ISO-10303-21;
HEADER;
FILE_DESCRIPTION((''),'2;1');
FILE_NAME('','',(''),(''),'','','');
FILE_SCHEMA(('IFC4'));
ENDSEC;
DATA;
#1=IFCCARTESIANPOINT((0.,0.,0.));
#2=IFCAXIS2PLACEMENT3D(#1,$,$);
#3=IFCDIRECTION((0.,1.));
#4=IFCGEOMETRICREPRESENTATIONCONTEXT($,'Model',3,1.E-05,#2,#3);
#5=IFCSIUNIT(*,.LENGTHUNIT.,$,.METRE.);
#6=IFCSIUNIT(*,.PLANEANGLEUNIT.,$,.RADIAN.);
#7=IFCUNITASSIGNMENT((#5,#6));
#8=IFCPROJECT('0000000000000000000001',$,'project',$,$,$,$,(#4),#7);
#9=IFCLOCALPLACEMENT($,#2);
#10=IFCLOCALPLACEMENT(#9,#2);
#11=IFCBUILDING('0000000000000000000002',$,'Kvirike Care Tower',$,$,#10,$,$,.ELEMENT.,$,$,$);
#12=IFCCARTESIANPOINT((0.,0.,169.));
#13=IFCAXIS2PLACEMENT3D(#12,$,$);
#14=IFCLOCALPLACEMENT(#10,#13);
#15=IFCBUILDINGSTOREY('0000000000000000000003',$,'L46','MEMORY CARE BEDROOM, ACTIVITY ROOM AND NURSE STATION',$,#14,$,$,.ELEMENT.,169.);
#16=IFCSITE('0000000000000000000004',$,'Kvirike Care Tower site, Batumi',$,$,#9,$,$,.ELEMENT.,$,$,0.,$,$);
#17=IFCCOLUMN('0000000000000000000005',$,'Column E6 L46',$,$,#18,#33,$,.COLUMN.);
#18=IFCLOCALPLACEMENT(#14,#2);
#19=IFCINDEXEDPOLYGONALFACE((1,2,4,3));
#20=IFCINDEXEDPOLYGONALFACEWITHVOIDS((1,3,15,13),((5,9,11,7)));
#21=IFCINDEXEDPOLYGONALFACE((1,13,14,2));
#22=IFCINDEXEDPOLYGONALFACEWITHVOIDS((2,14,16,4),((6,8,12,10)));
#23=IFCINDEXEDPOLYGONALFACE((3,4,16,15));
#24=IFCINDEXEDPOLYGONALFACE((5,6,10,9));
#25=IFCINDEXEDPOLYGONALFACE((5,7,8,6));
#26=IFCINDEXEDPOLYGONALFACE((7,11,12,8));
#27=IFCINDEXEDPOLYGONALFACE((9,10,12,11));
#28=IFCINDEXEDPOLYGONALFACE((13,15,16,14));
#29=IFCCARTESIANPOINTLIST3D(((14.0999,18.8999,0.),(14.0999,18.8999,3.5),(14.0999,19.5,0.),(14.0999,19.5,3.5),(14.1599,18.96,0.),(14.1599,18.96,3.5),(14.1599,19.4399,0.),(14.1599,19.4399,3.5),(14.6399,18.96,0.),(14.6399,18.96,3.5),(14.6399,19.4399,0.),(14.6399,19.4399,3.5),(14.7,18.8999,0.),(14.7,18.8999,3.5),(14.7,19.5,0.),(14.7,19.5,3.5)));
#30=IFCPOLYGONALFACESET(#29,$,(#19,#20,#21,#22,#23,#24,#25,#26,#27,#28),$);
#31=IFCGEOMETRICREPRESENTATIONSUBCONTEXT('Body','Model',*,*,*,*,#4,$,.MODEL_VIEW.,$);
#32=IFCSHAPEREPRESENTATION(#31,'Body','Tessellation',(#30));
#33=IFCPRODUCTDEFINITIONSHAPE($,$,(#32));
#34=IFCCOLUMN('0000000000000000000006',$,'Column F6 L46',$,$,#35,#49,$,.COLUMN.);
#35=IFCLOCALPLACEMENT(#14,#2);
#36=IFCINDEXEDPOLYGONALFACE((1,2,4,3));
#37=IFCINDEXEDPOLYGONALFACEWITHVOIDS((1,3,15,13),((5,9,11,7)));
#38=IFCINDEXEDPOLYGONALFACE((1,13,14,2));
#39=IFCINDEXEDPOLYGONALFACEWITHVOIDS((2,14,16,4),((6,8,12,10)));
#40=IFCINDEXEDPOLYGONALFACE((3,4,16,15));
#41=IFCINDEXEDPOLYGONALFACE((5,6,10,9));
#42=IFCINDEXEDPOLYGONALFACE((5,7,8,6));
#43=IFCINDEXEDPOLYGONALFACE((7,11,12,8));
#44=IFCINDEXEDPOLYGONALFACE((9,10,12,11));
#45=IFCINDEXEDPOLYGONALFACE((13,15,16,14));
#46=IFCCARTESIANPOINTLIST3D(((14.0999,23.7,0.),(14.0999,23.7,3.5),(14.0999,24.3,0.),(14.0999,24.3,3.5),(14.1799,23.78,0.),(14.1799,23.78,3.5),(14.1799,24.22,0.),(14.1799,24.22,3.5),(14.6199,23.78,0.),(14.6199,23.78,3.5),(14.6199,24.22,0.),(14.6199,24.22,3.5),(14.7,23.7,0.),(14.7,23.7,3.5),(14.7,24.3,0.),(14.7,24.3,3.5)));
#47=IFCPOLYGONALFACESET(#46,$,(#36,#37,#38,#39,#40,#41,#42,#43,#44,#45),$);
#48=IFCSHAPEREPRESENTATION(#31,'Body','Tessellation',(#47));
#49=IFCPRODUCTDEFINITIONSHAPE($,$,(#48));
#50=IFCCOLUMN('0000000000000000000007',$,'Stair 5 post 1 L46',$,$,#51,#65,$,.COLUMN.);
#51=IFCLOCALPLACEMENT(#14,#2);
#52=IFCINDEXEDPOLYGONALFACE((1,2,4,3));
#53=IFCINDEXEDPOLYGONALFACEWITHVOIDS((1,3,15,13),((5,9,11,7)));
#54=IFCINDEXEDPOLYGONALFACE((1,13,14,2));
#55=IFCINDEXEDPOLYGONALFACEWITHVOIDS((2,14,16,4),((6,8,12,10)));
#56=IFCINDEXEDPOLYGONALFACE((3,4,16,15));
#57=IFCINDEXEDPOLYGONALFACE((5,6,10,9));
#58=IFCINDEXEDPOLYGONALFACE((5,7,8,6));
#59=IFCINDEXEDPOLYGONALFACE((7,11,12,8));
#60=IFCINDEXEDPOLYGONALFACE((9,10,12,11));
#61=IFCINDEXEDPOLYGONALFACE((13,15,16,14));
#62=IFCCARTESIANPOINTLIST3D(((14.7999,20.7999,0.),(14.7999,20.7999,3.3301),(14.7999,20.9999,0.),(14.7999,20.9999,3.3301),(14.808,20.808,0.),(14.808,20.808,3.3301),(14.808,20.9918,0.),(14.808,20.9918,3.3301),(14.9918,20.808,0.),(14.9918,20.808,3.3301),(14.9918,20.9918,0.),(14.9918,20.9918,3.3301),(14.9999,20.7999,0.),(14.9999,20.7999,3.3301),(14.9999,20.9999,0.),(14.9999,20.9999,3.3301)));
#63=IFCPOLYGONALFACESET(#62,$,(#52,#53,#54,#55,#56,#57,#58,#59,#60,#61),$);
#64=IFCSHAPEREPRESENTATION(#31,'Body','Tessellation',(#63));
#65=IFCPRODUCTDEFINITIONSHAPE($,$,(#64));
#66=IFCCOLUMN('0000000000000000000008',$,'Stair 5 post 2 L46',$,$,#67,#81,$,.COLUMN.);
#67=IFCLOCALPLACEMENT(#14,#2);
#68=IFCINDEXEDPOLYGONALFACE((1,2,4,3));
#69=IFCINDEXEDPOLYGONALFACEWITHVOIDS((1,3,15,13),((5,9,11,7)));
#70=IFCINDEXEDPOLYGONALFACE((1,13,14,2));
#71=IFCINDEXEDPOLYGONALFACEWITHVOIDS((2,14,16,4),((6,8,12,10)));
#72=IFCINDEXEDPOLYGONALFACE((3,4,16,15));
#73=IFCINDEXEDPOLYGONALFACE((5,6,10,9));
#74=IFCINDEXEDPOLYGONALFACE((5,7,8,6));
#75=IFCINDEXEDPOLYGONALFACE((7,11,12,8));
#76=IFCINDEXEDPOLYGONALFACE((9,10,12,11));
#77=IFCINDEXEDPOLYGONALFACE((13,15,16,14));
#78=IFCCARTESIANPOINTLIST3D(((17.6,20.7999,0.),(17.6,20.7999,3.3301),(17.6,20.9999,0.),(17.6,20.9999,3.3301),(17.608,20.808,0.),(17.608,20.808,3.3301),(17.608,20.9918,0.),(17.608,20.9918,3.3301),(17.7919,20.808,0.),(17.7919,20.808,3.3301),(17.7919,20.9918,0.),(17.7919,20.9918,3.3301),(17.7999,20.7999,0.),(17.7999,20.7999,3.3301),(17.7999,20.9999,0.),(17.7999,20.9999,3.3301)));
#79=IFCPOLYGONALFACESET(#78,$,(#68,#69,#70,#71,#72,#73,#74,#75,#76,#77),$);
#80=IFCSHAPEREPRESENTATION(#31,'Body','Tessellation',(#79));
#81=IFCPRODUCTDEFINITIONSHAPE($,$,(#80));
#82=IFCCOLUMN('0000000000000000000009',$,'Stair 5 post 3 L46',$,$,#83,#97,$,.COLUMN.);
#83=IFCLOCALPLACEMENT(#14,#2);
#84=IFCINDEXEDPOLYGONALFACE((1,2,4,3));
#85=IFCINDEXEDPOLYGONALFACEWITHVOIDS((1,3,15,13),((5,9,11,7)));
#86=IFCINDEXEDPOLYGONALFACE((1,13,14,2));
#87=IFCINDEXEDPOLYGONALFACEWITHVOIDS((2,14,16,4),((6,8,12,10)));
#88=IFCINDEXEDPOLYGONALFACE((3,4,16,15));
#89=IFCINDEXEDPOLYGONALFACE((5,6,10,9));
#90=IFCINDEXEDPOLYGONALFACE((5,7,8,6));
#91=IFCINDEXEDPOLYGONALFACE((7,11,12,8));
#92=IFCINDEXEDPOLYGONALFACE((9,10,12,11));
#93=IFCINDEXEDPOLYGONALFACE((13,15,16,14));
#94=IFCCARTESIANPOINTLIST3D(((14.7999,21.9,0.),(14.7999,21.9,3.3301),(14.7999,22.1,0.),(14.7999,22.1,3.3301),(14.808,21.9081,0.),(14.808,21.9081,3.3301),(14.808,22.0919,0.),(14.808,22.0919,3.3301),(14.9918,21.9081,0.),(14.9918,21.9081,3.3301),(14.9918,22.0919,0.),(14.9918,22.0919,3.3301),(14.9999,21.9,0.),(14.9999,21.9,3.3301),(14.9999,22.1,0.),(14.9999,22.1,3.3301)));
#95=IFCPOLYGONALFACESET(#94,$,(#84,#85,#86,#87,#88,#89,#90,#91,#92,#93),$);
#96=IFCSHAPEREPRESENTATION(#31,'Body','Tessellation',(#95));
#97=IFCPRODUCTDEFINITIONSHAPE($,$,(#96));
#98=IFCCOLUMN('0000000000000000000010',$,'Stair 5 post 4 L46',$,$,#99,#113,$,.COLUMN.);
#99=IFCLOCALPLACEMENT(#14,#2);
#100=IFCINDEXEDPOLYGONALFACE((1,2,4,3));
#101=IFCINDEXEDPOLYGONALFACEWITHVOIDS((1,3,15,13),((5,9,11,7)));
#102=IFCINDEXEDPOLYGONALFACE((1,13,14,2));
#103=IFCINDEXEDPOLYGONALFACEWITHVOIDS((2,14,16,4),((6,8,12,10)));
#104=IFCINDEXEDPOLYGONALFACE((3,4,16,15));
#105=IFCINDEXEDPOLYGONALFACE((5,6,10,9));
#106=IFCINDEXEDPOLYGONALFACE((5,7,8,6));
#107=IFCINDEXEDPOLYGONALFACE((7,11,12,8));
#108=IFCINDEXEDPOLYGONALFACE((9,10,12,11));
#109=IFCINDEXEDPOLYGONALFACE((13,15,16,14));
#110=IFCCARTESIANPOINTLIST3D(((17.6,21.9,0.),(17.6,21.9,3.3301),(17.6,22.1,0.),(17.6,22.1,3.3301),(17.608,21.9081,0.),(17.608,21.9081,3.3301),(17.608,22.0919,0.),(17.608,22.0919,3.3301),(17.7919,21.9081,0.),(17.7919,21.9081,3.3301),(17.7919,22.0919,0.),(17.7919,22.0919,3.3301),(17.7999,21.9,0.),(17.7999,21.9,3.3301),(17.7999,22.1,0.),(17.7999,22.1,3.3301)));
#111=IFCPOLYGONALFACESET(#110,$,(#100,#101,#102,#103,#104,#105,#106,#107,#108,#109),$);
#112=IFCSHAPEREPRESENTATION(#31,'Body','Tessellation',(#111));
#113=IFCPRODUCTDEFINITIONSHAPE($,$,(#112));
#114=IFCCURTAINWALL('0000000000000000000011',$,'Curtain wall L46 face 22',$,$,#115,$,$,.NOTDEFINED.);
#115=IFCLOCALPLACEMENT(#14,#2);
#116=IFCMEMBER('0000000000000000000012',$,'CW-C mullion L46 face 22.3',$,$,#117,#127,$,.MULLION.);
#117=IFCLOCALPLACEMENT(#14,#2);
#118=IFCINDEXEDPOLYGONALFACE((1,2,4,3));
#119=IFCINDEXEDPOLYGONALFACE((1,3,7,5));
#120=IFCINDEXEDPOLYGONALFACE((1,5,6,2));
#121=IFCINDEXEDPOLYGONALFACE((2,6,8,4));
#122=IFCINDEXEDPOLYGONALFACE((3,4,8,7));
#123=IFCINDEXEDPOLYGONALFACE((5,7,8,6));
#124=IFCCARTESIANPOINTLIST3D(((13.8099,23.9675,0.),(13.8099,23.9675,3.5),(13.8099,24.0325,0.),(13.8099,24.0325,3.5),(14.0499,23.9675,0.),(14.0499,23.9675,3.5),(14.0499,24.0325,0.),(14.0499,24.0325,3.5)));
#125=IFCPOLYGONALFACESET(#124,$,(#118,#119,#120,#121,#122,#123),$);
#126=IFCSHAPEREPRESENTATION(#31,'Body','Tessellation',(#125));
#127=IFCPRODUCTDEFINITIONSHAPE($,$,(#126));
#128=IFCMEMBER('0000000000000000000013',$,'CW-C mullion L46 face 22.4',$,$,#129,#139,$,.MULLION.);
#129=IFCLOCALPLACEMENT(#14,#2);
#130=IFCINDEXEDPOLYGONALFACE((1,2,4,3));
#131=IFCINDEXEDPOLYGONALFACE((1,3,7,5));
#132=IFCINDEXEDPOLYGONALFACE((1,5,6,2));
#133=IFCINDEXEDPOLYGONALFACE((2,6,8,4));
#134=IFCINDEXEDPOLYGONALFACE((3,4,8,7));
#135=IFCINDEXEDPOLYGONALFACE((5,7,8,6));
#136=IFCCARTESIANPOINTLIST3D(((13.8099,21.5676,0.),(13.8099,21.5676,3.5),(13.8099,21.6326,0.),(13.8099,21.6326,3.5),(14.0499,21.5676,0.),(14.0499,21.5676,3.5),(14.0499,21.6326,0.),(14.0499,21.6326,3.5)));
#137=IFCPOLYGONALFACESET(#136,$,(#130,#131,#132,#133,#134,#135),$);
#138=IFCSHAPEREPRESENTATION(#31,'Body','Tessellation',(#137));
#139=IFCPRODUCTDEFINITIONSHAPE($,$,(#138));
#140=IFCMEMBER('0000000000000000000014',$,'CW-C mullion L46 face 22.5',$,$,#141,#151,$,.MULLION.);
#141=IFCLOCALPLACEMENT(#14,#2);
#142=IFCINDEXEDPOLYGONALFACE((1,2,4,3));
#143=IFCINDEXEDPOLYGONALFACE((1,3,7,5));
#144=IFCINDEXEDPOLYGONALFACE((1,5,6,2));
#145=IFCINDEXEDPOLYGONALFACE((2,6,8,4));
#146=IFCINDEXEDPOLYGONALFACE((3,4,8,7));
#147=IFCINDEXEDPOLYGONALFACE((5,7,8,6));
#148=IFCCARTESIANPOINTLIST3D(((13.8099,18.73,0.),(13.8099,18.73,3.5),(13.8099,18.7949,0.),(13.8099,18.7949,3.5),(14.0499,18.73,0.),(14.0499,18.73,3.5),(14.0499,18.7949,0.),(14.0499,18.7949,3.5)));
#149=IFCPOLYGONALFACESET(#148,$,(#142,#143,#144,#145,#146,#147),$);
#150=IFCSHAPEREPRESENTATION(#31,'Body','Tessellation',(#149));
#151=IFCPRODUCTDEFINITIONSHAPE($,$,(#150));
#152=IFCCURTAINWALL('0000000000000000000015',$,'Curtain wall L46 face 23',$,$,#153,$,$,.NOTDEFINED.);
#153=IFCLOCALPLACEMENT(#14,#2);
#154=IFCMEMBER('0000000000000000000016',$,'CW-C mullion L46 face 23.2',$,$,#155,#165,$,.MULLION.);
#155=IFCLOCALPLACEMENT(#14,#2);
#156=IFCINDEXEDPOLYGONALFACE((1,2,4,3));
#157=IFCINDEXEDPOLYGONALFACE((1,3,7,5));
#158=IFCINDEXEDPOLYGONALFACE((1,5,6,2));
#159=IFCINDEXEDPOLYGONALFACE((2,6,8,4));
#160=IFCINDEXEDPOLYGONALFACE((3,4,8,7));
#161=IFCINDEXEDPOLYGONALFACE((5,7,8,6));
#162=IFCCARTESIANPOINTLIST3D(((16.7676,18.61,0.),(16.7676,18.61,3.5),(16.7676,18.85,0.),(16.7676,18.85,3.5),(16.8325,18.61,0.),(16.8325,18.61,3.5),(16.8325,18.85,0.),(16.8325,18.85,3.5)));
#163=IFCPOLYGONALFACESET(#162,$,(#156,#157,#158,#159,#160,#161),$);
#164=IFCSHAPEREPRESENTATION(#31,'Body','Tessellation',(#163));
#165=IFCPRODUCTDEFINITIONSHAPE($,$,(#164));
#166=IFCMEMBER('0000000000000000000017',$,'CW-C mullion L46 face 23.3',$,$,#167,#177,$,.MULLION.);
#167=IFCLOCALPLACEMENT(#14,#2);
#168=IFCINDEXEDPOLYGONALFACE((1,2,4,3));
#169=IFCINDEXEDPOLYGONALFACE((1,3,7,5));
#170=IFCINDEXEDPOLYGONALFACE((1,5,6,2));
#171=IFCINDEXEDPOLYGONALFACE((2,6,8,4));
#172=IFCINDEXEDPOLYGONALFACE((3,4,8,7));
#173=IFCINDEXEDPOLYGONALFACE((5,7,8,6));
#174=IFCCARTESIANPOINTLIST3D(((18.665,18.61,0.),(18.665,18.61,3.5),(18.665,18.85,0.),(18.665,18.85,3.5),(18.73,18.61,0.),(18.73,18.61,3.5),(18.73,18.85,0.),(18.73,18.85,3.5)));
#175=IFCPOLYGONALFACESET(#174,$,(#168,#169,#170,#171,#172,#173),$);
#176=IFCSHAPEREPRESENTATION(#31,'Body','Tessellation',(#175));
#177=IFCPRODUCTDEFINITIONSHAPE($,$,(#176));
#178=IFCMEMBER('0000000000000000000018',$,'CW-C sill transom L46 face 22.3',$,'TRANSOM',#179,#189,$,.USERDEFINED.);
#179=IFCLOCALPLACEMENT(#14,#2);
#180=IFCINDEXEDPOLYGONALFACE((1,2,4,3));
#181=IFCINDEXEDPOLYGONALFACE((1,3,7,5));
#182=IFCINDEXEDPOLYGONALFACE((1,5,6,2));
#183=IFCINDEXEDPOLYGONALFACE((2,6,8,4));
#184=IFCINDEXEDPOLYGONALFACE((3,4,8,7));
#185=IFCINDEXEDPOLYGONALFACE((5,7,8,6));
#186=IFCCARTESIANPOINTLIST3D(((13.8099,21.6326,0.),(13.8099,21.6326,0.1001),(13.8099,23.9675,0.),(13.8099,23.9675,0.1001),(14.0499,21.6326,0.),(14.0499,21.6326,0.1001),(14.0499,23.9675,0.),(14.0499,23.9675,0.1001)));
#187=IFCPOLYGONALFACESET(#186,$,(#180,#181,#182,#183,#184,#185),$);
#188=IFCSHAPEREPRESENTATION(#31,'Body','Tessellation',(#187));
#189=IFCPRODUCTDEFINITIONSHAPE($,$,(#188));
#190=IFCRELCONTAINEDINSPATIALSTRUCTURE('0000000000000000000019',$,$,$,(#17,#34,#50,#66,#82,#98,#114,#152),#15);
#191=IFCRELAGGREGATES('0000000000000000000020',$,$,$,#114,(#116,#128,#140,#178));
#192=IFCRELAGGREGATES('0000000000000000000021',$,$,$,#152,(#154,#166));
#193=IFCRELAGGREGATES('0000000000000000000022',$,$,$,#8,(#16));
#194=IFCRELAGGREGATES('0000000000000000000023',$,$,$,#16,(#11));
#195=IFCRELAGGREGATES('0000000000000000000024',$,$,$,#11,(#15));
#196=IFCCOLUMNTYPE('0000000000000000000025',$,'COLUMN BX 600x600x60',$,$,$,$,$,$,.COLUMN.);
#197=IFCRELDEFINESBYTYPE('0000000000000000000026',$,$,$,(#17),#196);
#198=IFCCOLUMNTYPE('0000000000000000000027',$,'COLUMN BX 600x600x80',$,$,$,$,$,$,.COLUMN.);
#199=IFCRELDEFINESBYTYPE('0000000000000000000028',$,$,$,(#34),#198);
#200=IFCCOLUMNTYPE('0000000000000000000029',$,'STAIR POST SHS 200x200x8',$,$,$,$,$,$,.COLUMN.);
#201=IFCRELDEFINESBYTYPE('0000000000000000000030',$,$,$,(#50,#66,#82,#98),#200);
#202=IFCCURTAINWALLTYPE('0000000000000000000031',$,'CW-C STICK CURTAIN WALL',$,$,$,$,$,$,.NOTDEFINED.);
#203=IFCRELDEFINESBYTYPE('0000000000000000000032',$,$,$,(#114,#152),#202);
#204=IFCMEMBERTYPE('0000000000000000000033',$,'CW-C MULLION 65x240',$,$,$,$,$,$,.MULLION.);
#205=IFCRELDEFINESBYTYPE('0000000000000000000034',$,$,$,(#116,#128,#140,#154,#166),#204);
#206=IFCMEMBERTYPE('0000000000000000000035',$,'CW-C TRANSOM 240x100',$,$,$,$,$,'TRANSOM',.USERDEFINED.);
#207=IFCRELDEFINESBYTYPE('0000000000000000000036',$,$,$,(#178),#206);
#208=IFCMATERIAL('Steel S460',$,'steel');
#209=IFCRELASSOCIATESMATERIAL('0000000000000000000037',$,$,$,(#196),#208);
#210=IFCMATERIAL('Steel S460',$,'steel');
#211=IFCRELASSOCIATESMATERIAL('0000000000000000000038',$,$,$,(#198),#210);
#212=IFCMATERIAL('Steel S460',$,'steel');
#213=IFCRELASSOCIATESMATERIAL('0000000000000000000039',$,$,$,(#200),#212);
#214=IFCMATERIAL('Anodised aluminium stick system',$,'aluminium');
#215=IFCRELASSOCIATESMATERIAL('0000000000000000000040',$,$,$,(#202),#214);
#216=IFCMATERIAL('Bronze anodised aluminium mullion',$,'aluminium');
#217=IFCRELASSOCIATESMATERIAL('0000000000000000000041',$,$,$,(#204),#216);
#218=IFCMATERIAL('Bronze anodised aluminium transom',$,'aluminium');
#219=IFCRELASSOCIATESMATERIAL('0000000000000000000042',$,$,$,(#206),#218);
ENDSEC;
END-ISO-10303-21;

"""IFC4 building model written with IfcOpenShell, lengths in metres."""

from ifc_helpers import new_model, si_unit, direction, frame, origin, origin_2d, place, context, subcontext, project, spatial, rectangle, hollow_rectangle, extrude, material, material_profile, profile_set, type_object, element, aggregate, save


model = new_model("IFC4")

# Units and contexts
model_context = context("Model", 3, precision=1e-05, world=origin(), true_north=direction((0.0, 1.0)))
body_context = subcontext(model_context, "Body", "Model", "MODEL_VIEW")
ifc_project = project(units=[si_unit("LENGTHUNIT", "METRE"), si_unit("PLANEANGLEUNIT", "RADIAN")], contexts=[model_context])

# Site, building, storey
site_placement = place(None, origin())
site = spatial("IfcSite", under=ifc_project, at=site_placement, Name="Kvirike Care Tower site, Batumi", CompositionType="ELEMENT", RefElevation=0.0)
building_placement = place(site_placement, origin())
building = spatial("IfcBuilding", under=site, at=building_placement, Name="Kvirike Care Tower", CompositionType="ELEMENT")
storey_placement = place(building_placement, frame((0.0, 0.0, 169.0)))
storey = spatial("IfcBuildingStorey", under=building, at=storey_placement, Name="L46", Description="MEMORY CARE BEDROOM, ACTIVITY ROOM AND NURSE STATION", CompositionType="ELEMENT", Elevation=169.0)

# Columns
ifc_material_1 = material(Name="Steel S460", Category="steel")
ifc_material_profile_1 = material_profile(ifc_material_1, hollow_rectangle(XDim=0.6001, YDim=0.6001, WallThickness=0.0601, at=origin_2d()), Name="BX 600x600x60")
ifc_profile_set_1 = profile_set([ifc_material_profile_1], Name="Steel S460")
column_type_1 = type_object("IfcColumnType", Name="COLUMN BX 600x600x60", PredefinedType="COLUMN", material=ifc_profile_set_1)
column_1_placement = place(storey_placement, frame((14.3999, 19.2, 0.0), z_axis=(0.0, 0.0, 1.0), x_axis=(0.0, 1.0, 0.0)))
element("IfcColumn", 1, at=column_1_placement, inside=storey, type_object=column_type_1, Name="Column E6 L46", PredefinedType="COLUMN", context=body_context, shape_type="SweptSolid", body=[
    extrude(hollow_rectangle(XDim=0.6001, YDim=0.6001, WallThickness=0.0601, at=origin_2d()), origin(), (0.0, 0.0, 1.0), 3.5),
])
ifc_material_2 = material(Name="Steel S460", Category="steel")
ifc_material_profile_2 = material_profile(ifc_material_2, hollow_rectangle(XDim=0.6001, YDim=0.6001, WallThickness=0.0801, at=origin_2d()), Name="BX 600x600x80")
ifc_profile_set_2 = profile_set([ifc_material_profile_2], Name="Steel S460")
column_type_2 = type_object("IfcColumnType", Name="COLUMN BX 600x600x80", PredefinedType="COLUMN", material=ifc_profile_set_2)
column_2_placement = place(storey_placement, frame((14.3999, 24.0, 0.0), z_axis=(0.0, 0.0, 1.0), x_axis=(1.0, 0.0, 0.0)))
element("IfcColumn", 2, at=column_2_placement, inside=storey, type_object=column_type_2, Name="Column F6 L46", PredefinedType="COLUMN", context=body_context, shape_type="SweptSolid", body=[
    extrude(hollow_rectangle(XDim=0.6001, YDim=0.6001, WallThickness=0.0801, at=origin_2d()), origin(), (0.0, 0.0, 1.0), 3.5),
])
ifc_material_3 = material(Name="Steel S460", Category="steel")
ifc_material_profile_3 = material_profile(ifc_material_3, hollow_rectangle(XDim=0.2, YDim=0.2, WallThickness=0.0081, at=origin_2d()), Name="SHS 200x200x8")
ifc_profile_set_3 = profile_set([ifc_material_profile_3], Name="Steel S460")
column_type_3 = type_object("IfcColumnType", Name="STAIR POST SHS 200x200x8", PredefinedType="COLUMN", material=ifc_profile_set_3)
for number, where, z_axis, x_axis, name in (
    (3, (14.8999, 20.8999, 0.0), (0.0, 0.0, 1.0), (1.0, 0.0, 0.0), "Stair 5 post 1 L46"),
    (4, (17.7, 20.8999, 0.0), (0.0, 0.0, 1.0), (1.0, 0.0, 0.0), "Stair 5 post 2 L46"),
    (5, (14.8999, 22.0, 0.0), (0.0, 0.0, 1.0), (1.0, 0.0, 0.0), "Stair 5 post 3 L46"),
    (6, (17.7, 22.0, 0.0), (0.0, 0.0, 1.0), (1.0, 0.0, 0.0), "Stair 5 post 4 L46"),
):
    element("IfcColumn", number, at=place(storey_placement, frame(where, z_axis=z_axis, x_axis=x_axis)), inside=storey, type_object=column_type_3, Name=name, PredefinedType="COLUMN", context=body_context, shape_type="SweptSolid", body=[
        extrude(hollow_rectangle(XDim=0.2, YDim=0.2, WallThickness=0.0081, at=origin_2d()), origin(), (0.0, 0.0, 1.0), 3.3301),
    ])

# Curtain walls, members
ifc_material_4 = material(Name="Anodised aluminium stick system", Category="aluminium")
curtain_wall_type = type_object("IfcCurtainWallType", Name="CW-C STICK CURTAIN WALL", PredefinedType="NOTDEFINED", material=ifc_material_4)
curtain_wall_1_placement = place(storey_placement, origin())
curtain_wall_1 = element("IfcCurtainWall", 7, at=curtain_wall_1_placement, inside=storey, type_object=curtain_wall_type, Name="Curtain wall L46 face 22", PredefinedType="NOTDEFINED")
ifc_material_5 = material(Name="Bronze anodised aluminium mullion", Category="aluminium")
ifc_material_profile_4 = material_profile(ifc_material_5, rectangle(XDim=0.0649, YDim=0.24, at=origin_2d()), Name="CW-C MULLION 65x240")
ifc_profile_set_4 = profile_set([ifc_material_profile_4], Name="Bronze anodised aluminium mullion")
member_type_1 = type_object("IfcMemberType", Name="CW-C MULLION 65x240", PredefinedType="MULLION", material=ifc_profile_set_4)
member_1_placement = place(storey_placement, frame((13.9299, 24.0, 0.0), z_axis=(0.0, 0.0, 1.0), x_axis=(0.0, -1.0, 0.0)))
member_1 = element("IfcMember", 8, at=member_1_placement, type_object=member_type_1, Name="CW-C mullion L46 face 22.3", PredefinedType="MULLION", context=body_context, shape_type="SweptSolid", body=[
    extrude(rectangle(XDim=0.0649, YDim=0.24, at=origin_2d()), origin(), (0.0, 0.0, 1.0), 3.5),
])
member_2_placement = place(storey_placement, frame((13.9299, 21.6001, 0.0), z_axis=(0.0, 0.0, 1.0), x_axis=(0.0, -1.0, 0.0)))
member_2 = element("IfcMember", 9, at=member_2_placement, type_object=member_type_1, Name="CW-C mullion L46 face 22.4", PredefinedType="MULLION", context=body_context, shape_type="SweptSolid", body=[
    extrude(rectangle(XDim=0.0649, YDim=0.24, at=origin_2d()), origin(), (0.0, 0.0, 1.0), 3.5),
])
member_3_placement = place(storey_placement, frame((13.9299, 18.7625, 0.0), z_axis=(0.0, 0.0, 1.0), x_axis=(0.0, -1.0, 0.0)))
member_3 = element("IfcMember", 10, at=member_3_placement, type_object=member_type_1, Name="CW-C mullion L46 face 22.5", PredefinedType="MULLION", context=body_context, shape_type="SweptSolid", body=[
    extrude(rectangle(XDim=0.0649, YDim=0.24, at=origin_2d()), origin(), (0.0, 0.0, 1.0), 3.5),
])
curtain_wall_2_placement = place(storey_placement, origin())
curtain_wall_2 = element("IfcCurtainWall", 11, at=curtain_wall_2_placement, inside=storey, type_object=curtain_wall_type, Name="Curtain wall L46 face 23", PredefinedType="NOTDEFINED")
member_4_placement = place(storey_placement, frame((16.8, 18.73, 0.0), z_axis=(0.0, 0.0, 1.0), x_axis=(1.0, 0.0, 0.0)))
member_4 = element("IfcMember", 12, at=member_4_placement, type_object=member_type_1, Name="CW-C mullion L46 face 23.2", PredefinedType="MULLION", context=body_context, shape_type="SweptSolid", body=[
    extrude(rectangle(XDim=0.0649, YDim=0.24, at=origin_2d()), origin(), (0.0, 0.0, 1.0), 3.5),
])
member_5_placement = place(storey_placement, frame((18.6975, 18.73, 0.0), z_axis=(0.0, 0.0, 1.0), x_axis=(1.0, 0.0, 0.0)))
member_5 = element("IfcMember", 13, at=member_5_placement, type_object=member_type_1, Name="CW-C mullion L46 face 23.3", PredefinedType="MULLION", context=body_context, shape_type="SweptSolid", body=[
    extrude(rectangle(XDim=0.0649, YDim=0.24, at=origin_2d()), origin(), (0.0, 0.0, 1.0), 3.5),
])

# Member
ifc_material_6 = material(Name="Bronze anodised aluminium transom", Category="aluminium")
ifc_material_profile_5 = material_profile(ifc_material_6, rectangle(XDim=0.24, YDim=0.1001, at=origin_2d()), Name="CW-C TRANSOM 240x100")
ifc_profile_set_5 = profile_set([ifc_material_profile_5], Name="Bronze anodised aluminium transom")
member_type_2 = type_object("IfcMemberType", Name="CW-C TRANSOM 240x100", ElementType="TRANSOM", PredefinedType="USERDEFINED", material=ifc_profile_set_5)
member_6_placement = place(storey_placement, frame((13.9299, 23.9675, 0.05), z_axis=(0.0, -1.0, 0.0), x_axis=(1.0, 0.0, 0.0)))
member_6 = element("IfcMember", 14, at=member_6_placement, type_object=member_type_2, Name="CW-C sill transom L46 face 22.3", ObjectType="TRANSOM", PredefinedType="USERDEFINED", context=body_context, shape_type="SweptSolid", body=[
    extrude(rectangle(XDim=0.24, YDim=0.1001, at=origin_2d()), origin(), (0.0, 0.0, 1.0), 2.335),
])

aggregate(curtain_wall_1, [member_1, member_2, member_3, member_6])
aggregate(curtain_wall_2, [member_4, member_5])

save(model, "model.ifc")
